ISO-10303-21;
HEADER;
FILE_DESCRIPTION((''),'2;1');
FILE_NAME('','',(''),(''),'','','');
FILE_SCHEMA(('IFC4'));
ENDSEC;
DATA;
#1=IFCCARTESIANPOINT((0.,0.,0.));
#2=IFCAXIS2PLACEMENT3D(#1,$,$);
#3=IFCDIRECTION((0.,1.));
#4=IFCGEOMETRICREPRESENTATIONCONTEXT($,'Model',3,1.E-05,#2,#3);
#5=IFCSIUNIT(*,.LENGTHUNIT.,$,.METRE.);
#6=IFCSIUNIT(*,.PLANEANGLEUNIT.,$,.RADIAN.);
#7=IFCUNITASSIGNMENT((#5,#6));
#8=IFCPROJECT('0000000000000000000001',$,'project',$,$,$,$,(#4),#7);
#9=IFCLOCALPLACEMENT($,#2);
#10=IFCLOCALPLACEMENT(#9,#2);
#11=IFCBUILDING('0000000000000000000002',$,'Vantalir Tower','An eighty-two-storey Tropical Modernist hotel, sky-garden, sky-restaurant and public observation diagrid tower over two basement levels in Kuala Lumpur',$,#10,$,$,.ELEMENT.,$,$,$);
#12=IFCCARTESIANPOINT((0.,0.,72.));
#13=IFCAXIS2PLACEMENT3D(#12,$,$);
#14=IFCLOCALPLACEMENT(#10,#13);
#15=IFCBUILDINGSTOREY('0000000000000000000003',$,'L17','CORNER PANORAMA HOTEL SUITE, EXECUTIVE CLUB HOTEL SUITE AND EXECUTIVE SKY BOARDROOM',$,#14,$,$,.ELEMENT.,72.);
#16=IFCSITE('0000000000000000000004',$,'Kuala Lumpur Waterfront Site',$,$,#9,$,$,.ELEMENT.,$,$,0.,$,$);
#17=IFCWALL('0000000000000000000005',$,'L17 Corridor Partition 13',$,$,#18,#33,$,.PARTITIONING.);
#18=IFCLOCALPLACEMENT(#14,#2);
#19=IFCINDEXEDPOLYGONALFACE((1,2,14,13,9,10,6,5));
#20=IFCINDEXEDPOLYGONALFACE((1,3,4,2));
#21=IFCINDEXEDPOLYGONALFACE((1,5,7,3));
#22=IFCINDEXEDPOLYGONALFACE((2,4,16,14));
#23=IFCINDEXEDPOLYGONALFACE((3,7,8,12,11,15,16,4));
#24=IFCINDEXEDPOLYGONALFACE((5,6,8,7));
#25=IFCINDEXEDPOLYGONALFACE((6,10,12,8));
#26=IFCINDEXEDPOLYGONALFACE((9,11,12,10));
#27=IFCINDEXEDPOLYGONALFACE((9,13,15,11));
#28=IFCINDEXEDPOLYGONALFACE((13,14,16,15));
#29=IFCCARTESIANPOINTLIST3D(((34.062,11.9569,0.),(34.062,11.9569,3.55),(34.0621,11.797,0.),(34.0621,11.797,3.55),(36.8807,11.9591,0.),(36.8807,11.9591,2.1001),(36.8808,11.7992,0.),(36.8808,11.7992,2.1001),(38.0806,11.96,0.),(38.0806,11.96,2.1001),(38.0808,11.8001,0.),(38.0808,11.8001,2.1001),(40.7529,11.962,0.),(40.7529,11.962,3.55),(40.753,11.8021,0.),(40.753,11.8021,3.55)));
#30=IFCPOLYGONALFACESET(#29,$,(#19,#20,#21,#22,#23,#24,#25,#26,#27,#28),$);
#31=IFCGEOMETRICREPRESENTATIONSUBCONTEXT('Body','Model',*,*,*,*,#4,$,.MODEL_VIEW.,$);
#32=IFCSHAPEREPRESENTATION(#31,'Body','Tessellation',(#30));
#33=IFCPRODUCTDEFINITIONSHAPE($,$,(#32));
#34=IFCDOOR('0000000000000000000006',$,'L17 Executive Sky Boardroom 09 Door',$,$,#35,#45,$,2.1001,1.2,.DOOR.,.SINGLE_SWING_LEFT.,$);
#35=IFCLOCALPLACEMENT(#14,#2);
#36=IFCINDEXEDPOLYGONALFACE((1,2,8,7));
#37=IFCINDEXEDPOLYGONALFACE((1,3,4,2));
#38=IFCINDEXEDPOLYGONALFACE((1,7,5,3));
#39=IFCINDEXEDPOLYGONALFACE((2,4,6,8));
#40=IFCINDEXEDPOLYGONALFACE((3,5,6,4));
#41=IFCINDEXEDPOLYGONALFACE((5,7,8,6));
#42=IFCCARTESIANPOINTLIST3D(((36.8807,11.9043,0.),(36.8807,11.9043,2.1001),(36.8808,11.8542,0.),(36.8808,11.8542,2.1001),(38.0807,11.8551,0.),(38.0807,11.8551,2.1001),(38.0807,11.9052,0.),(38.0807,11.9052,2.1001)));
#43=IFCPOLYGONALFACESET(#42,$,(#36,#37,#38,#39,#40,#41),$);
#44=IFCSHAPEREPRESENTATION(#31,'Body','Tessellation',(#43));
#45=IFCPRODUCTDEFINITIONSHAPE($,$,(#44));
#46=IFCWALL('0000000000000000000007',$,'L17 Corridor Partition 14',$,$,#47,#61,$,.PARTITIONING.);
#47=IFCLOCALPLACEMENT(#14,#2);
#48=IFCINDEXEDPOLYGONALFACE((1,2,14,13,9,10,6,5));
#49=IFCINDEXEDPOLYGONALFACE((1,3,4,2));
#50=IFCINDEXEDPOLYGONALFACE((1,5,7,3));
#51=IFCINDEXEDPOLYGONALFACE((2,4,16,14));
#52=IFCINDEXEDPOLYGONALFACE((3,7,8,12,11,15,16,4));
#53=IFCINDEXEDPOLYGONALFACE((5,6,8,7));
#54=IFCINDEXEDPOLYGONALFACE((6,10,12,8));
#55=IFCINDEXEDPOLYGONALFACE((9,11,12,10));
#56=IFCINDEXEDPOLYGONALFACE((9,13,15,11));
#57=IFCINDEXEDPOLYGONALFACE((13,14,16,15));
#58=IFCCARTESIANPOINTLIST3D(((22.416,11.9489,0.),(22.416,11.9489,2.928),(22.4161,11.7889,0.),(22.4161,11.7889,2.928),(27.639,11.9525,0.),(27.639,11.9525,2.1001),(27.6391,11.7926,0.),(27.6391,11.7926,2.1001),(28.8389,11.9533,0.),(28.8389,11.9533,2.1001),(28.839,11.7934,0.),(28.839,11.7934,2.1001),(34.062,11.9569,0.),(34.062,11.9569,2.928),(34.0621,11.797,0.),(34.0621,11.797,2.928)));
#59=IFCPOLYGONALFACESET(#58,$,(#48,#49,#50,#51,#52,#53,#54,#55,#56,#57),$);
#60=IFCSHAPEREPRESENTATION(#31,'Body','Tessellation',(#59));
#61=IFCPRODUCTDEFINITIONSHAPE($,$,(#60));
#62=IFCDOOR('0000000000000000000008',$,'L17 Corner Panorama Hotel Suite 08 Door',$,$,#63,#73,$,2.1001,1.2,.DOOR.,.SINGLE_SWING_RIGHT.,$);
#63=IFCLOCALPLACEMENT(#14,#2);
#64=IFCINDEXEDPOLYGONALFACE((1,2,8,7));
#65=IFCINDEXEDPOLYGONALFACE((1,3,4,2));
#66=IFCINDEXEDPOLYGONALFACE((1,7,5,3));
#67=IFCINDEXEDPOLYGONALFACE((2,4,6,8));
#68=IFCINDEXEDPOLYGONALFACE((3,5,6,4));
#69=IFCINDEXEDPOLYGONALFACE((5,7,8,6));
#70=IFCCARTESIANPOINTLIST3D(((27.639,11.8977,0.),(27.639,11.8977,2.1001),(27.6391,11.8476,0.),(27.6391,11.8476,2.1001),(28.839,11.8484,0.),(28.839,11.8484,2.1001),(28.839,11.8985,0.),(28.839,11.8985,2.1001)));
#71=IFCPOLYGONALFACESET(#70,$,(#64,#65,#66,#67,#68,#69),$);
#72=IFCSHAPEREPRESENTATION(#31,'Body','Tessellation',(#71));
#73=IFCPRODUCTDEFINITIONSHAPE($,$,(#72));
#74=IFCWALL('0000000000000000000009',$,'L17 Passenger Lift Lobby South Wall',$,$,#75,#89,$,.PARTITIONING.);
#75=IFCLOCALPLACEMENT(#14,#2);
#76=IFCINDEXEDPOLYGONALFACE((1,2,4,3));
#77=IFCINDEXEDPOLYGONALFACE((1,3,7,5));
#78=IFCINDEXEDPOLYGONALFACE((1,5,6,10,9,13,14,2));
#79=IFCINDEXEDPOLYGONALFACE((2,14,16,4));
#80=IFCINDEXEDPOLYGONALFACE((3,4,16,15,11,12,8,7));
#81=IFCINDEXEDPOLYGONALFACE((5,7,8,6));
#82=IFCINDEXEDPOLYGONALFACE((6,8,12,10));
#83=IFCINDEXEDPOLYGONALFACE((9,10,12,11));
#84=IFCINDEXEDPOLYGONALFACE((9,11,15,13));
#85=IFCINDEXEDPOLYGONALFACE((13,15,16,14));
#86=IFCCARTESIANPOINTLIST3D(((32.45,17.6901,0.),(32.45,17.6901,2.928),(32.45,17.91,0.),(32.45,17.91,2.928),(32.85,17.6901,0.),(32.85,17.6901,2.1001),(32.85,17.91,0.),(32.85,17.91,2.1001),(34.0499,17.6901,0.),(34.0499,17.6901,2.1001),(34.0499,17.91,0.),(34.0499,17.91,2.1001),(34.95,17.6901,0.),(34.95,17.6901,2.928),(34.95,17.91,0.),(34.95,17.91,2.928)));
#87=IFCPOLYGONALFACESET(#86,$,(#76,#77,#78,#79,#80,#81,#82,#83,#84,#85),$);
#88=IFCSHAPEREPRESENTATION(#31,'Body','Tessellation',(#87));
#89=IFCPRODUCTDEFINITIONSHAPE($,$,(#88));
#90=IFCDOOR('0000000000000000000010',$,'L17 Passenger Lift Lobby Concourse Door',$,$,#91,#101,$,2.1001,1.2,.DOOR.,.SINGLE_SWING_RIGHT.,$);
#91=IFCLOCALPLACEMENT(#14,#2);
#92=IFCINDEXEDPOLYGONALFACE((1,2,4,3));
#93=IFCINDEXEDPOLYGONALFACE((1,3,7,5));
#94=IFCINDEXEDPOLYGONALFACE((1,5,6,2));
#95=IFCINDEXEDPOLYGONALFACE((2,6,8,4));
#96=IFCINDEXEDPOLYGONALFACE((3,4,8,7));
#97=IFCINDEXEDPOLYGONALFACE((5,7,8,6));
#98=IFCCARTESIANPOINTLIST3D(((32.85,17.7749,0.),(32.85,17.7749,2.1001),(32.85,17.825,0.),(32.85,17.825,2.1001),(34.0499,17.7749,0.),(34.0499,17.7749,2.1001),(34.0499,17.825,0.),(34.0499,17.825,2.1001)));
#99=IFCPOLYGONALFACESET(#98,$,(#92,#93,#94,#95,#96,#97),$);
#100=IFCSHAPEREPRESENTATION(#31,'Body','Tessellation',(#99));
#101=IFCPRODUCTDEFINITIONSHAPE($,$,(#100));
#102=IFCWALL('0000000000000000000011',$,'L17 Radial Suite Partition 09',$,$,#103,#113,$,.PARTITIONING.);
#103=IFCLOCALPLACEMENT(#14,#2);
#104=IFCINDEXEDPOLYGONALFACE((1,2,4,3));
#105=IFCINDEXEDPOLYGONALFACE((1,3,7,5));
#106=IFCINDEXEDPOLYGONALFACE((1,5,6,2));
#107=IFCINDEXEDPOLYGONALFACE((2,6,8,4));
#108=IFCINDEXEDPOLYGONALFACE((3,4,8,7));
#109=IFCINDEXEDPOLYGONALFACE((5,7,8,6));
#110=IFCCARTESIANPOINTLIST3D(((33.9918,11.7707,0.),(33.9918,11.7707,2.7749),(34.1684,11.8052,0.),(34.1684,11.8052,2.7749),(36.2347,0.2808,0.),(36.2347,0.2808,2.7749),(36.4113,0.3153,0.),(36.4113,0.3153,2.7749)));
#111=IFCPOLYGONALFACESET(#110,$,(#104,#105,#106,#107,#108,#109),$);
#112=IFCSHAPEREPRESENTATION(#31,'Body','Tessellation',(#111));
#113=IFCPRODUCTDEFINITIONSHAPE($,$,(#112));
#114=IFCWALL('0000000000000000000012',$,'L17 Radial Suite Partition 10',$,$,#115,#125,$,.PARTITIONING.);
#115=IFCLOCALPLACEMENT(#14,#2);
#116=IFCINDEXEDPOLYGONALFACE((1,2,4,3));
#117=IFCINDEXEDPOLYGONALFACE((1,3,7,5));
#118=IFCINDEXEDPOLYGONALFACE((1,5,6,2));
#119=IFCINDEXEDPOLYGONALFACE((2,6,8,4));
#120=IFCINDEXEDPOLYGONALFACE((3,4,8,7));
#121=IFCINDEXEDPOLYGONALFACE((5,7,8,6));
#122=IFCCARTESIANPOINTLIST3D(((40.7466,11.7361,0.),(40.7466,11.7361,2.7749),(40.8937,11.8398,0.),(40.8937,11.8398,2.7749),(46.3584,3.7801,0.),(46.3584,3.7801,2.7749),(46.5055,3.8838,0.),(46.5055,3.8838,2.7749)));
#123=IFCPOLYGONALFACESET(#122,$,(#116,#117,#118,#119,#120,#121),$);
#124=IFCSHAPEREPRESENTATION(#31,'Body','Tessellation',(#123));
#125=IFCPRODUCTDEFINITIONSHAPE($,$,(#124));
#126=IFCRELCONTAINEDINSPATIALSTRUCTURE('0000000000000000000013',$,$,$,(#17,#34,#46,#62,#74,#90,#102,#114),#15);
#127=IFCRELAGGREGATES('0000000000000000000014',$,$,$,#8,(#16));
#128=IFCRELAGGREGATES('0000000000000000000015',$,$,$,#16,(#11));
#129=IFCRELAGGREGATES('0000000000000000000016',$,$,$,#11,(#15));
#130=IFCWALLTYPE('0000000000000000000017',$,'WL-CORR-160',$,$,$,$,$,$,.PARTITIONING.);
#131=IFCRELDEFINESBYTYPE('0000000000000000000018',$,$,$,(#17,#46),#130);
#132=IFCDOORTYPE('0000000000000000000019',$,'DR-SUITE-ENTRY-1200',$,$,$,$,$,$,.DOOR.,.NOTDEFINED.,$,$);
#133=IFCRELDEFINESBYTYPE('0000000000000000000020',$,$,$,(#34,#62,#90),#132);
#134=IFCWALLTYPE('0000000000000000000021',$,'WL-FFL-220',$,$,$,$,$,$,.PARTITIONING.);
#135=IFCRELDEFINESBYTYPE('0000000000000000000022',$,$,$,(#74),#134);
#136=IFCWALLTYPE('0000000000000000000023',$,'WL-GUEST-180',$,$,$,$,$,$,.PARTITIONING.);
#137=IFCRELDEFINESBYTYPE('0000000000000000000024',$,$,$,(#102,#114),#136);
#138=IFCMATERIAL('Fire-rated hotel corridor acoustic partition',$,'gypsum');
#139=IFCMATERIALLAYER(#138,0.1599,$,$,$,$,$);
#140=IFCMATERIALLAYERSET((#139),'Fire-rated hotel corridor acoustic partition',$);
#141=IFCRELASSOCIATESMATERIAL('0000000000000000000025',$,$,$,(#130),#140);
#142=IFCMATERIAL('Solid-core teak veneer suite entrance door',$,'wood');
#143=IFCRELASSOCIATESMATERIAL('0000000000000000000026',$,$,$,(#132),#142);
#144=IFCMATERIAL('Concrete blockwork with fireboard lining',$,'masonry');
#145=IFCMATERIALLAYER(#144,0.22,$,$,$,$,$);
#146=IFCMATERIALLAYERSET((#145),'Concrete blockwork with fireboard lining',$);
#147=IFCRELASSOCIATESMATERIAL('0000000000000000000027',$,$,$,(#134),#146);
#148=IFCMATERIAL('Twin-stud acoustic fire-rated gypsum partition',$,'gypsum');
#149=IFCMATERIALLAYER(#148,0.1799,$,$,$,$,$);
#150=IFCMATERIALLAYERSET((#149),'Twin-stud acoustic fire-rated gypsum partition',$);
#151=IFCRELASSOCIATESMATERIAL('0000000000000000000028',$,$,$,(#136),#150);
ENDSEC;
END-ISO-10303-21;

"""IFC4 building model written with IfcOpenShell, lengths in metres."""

from ifc_helpers import new_model, si_unit, direction, frame, frame_2d, origin, place, context, subcontext, project, spatial, rectangle, extrude, material, layer, layer_set, type_object, element, fill, save


model = new_model("IFC4")

# Units and contexts
model_context = context("Model", 3, precision=1e-05, world=origin(), true_north=direction((0.0, 1.0)))
body_context = subcontext(model_context, "Body", "Model", "MODEL_VIEW")
ifc_project = project(units=[si_unit("LENGTHUNIT", "METRE"), si_unit("PLANEANGLEUNIT", "RADIAN")], contexts=[model_context])

# Site, building, storey
site_placement = place(None, origin())
site = spatial("IfcSite", under=ifc_project, at=site_placement, Name="Kuala Lumpur Waterfront Site", CompositionType="ELEMENT", RefElevation=0.0)
building_placement = place(site_placement, origin())
building = spatial("IfcBuilding", under=site, at=building_placement, Name="Vantalir Tower", Description="An eighty-two-storey Tropical Modernist hotel, sky-garden, sky-restaurant and public observation diagrid tower over two basement levels in Kuala Lumpur", CompositionType="ELEMENT")
storey_placement = place(building_placement, frame((0.0, 0.0, 72.0)))
storey = spatial("IfcBuildingStorey", under=building, at=storey_placement, Name="L17", Description="CORNER PANORAMA HOTEL SUITE, EXECUTIVE CLUB HOTEL SUITE AND EXECUTIVE SKY BOARDROOM", CompositionType="ELEMENT", Elevation=72.0)

# Walls, openings, doors
ifc_material_1 = material(Name="Fire-rated hotel corridor acoustic partition", Category="gypsum")
ifc_layer_1 = layer(ifc_material_1, 0.1599)
ifc_layer_set_1 = layer_set([ifc_layer_1], Name="Fire-rated hotel corridor acoustic partition")
wall_type_1 = type_object("IfcWallType", Name="WL-CORR-160", PredefinedType="PARTITIONING", material=ifc_layer_set_1)
wall_1_placement = place(storey_placement, frame((40.7529, 11.8821, 0.0), z_axis=(0.0, 0.0, 1.0), x_axis=(-1.0, -0.000766, 0.0)))
wall_1 = element("IfcWall", 1, at=wall_1_placement, inside=storey, type_object=wall_type_1, Name="L17 Corridor Partition 13", PredefinedType="PARTITIONING", context=body_context, shape_type="SweptSolid", body=[
    extrude(rectangle(XDim=6.6909, YDim=0.1599, at=frame_2d((3.3455, 0.0))), origin(), (0.0, 0.0, 1.0), 3.55),
])
opening_1_placement = place(wall_1_placement, frame((2.6721, 0.0, 0.0)))
opening_1 = element("IfcOpeningElement", 2, at=opening_1_placement, cuts=wall_1, PredefinedType="OPENING", context=body_context, shape_type="SweptSolid", body=[
    extrude(rectangle(XDim=1.2, YDim=2.1001, at=frame_2d((0.6001, 1.05))), frame((0.0, 0.0898, 0.0), z_axis=(0.0, -1.0, 0.0), x_axis=(1.0, 0.0, 0.0)), (0.0, 0.0, 1.0), 0.1799),
])
ifc_material_2 = material(Name="Solid-core teak veneer suite entrance door", Category="wood")
door_type = type_object("IfcDoorType", Name="DR-SUITE-ENTRY-1200", OperationType="NOTDEFINED", PredefinedType="DOOR", material=ifc_material_2)
door_1_placement = place(opening_1_placement, origin())
door_1 = element("IfcDoor", 3, at=door_1_placement, inside=storey, type_object=door_type, Name="L17 Executive Sky Boardroom 09 Door", OperationType="SINGLE_SWING_LEFT", OverallHeight=2.1001, OverallWidth=1.2, PredefinedType="DOOR", context=body_context, shape_type="SweptSolid", body=[
    extrude(rectangle(XDim=1.2, YDim=2.1001, at=frame_2d((0.6001, 1.05))), frame((0.0, 0.0249, 0.0), z_axis=(0.0, -1.0, 0.0), x_axis=(1.0, 0.0, 0.0)), (0.0, 0.0, 1.0), 0.05),
])
fill(opening_1, door_1)
wall_2_placement = place(storey_placement, frame((34.062, 11.877, 0.0), z_axis=(0.0, 0.0, 1.0), x_axis=(-1.0, -0.000692, 0.0)))
wall_2 = element("IfcWall", 4, at=wall_2_placement, inside=storey, type_object=wall_type_1, Name="L17 Corridor Partition 14", PredefinedType="PARTITIONING", context=body_context, shape_type="SweptSolid", body=[
    extrude(rectangle(XDim=11.646, YDim=0.1599, at=frame_2d((5.823, 0.0))), origin(), (0.0, 0.0, 1.0), 2.928),
])
opening_2_placement = place(wall_2_placement, frame((5.2229, 0.0, 0.0)))
opening_2 = element("IfcOpeningElement", 5, at=opening_2_placement, cuts=wall_2, PredefinedType="OPENING", context=body_context, shape_type="SweptSolid", body=[
    extrude(rectangle(XDim=1.2, YDim=2.1001, at=frame_2d((0.6001, 1.05))), frame((0.0, 0.0898, 0.0), z_axis=(0.0, -1.0, 0.0), x_axis=(1.0, 0.0, 0.0)), (0.0, 0.0, 1.0), 0.1799),
])
door_2_placement = place(opening_2_placement, origin())
door_2 = element("IfcDoor", 6, at=door_2_placement, inside=storey, type_object=door_type, Name="L17 Corner Panorama Hotel Suite 08 Door", OperationType="SINGLE_SWING_RIGHT", OverallHeight=2.1001, OverallWidth=1.2, PredefinedType="DOOR", context=body_context, shape_type="SweptSolid", body=[
    extrude(rectangle(XDim=1.2, YDim=2.1001, at=frame_2d((0.6001, 1.05))), frame((0.0, 0.0249, 0.0), z_axis=(0.0, -1.0, 0.0), x_axis=(1.0, 0.0, 0.0)), (0.0, 0.0, 1.0), 0.05),
])
fill(opening_2, door_2)
ifc_material_3 = material(Name="Concrete blockwork with fireboard lining", Category="masonry")
ifc_layer_2 = layer(ifc_material_3, 0.22)
ifc_layer_set_2 = layer_set([ifc_layer_2], Name="Concrete blockwork with fireboard lining")
wall_type_2 = type_object("IfcWallType", Name="WL-FFL-220", PredefinedType="PARTITIONING", material=ifc_layer_set_2)
wall_3_placement = place(storey_placement, frame((32.45, 17.8, 0.0), z_axis=(0.0, 0.0, 1.0), x_axis=(1.0, 0.0, 0.0)))
wall_3 = element("IfcWall", 7, at=wall_3_placement, inside=storey, type_object=wall_type_2, Name="L17 Passenger Lift Lobby South Wall", PredefinedType="PARTITIONING", context=body_context, shape_type="SweptSolid", body=[
    extrude(rectangle(XDim=2.5, YDim=0.22, at=frame_2d((1.25, 0.0))), origin(), (0.0, 0.0, 1.0), 2.928),
])
opening_3_placement = place(wall_3_placement, frame((0.3999, 0.0, 0.0)))
opening_3 = element("IfcOpeningElement", 8, at=opening_3_placement, cuts=wall_3, PredefinedType="OPENING", context=body_context, shape_type="SweptSolid", body=[
    extrude(rectangle(XDim=1.2, YDim=2.1001, at=frame_2d((0.6001, 1.05))), frame((0.0, 0.1199, 0.0), z_axis=(0.0, -1.0, 0.0), x_axis=(1.0, 0.0, 0.0)), (0.0, 0.0, 1.0), 0.24),
])
door_3_placement = place(opening_3_placement, origin())
door_3 = element("IfcDoor", 9, at=door_3_placement, inside=storey, type_object=door_type, Name="L17 Passenger Lift Lobby Concourse Door", OperationType="SINGLE_SWING_RIGHT", OverallHeight=2.1001, OverallWidth=1.2, PredefinedType="DOOR", context=body_context, shape_type="SweptSolid", body=[
    extrude(rectangle(XDim=1.2, YDim=2.1001, at=frame_2d((0.6001, 1.05))), frame((0.0, 0.0249, 0.0), z_axis=(0.0, -1.0, 0.0), x_axis=(1.0, 0.0, 0.0)), (0.0, 0.0, 1.0), 0.05),
])
fill(opening_3, door_3)

# Walls
ifc_material_4 = material(Name="Twin-stud acoustic fire-rated gypsum partition", Category="gypsum")
ifc_layer_3 = layer(ifc_material_4, 0.1799)
ifc_layer_set_3 = layer_set([ifc_layer_3], Name="Twin-stud acoustic fire-rated gypsum partition")
wall_type_3 = type_object("IfcWallType", Name="WL-GUEST-180", PredefinedType="PARTITIONING", material=ifc_layer_set_3)
wall_4_placement = place(storey_placement, frame((34.0801, 11.7881, 0.0), z_axis=(0.0, 0.0, 1.0), x_axis=(0.19159, -0.981475, 0.0)))
element("IfcWall", 10, at=wall_4_placement, inside=storey, type_object=wall_type_3, Name="L17 Radial Suite Partition 09", PredefinedType="PARTITIONING", context=body_context, shape_type="SweptSolid", body=[
    extrude(rectangle(XDim=11.7068, YDim=0.1799, at=frame_2d((5.8535, 0.0))), origin(), (0.0, 0.0, 1.0), 2.7749),
])
wall_5_placement = place(storey_placement, frame((40.8201, 11.7881, 0.0), z_axis=(0.0, 0.0, 1.0), x_axis=(0.576394, -0.817172, 0.0)))
element("IfcWall", 11, at=wall_5_placement, inside=storey, type_object=wall_type_3, Name="L17 Radial Suite Partition 10", PredefinedType="PARTITIONING", context=body_context, shape_type="SweptSolid", body=[
    extrude(rectangle(XDim=9.7361, YDim=0.1799, at=frame_2d((4.8682, 0.0))), origin(), (0.0, 0.0, 1.0), 2.7749),
])

save(model, "model.ifc")
